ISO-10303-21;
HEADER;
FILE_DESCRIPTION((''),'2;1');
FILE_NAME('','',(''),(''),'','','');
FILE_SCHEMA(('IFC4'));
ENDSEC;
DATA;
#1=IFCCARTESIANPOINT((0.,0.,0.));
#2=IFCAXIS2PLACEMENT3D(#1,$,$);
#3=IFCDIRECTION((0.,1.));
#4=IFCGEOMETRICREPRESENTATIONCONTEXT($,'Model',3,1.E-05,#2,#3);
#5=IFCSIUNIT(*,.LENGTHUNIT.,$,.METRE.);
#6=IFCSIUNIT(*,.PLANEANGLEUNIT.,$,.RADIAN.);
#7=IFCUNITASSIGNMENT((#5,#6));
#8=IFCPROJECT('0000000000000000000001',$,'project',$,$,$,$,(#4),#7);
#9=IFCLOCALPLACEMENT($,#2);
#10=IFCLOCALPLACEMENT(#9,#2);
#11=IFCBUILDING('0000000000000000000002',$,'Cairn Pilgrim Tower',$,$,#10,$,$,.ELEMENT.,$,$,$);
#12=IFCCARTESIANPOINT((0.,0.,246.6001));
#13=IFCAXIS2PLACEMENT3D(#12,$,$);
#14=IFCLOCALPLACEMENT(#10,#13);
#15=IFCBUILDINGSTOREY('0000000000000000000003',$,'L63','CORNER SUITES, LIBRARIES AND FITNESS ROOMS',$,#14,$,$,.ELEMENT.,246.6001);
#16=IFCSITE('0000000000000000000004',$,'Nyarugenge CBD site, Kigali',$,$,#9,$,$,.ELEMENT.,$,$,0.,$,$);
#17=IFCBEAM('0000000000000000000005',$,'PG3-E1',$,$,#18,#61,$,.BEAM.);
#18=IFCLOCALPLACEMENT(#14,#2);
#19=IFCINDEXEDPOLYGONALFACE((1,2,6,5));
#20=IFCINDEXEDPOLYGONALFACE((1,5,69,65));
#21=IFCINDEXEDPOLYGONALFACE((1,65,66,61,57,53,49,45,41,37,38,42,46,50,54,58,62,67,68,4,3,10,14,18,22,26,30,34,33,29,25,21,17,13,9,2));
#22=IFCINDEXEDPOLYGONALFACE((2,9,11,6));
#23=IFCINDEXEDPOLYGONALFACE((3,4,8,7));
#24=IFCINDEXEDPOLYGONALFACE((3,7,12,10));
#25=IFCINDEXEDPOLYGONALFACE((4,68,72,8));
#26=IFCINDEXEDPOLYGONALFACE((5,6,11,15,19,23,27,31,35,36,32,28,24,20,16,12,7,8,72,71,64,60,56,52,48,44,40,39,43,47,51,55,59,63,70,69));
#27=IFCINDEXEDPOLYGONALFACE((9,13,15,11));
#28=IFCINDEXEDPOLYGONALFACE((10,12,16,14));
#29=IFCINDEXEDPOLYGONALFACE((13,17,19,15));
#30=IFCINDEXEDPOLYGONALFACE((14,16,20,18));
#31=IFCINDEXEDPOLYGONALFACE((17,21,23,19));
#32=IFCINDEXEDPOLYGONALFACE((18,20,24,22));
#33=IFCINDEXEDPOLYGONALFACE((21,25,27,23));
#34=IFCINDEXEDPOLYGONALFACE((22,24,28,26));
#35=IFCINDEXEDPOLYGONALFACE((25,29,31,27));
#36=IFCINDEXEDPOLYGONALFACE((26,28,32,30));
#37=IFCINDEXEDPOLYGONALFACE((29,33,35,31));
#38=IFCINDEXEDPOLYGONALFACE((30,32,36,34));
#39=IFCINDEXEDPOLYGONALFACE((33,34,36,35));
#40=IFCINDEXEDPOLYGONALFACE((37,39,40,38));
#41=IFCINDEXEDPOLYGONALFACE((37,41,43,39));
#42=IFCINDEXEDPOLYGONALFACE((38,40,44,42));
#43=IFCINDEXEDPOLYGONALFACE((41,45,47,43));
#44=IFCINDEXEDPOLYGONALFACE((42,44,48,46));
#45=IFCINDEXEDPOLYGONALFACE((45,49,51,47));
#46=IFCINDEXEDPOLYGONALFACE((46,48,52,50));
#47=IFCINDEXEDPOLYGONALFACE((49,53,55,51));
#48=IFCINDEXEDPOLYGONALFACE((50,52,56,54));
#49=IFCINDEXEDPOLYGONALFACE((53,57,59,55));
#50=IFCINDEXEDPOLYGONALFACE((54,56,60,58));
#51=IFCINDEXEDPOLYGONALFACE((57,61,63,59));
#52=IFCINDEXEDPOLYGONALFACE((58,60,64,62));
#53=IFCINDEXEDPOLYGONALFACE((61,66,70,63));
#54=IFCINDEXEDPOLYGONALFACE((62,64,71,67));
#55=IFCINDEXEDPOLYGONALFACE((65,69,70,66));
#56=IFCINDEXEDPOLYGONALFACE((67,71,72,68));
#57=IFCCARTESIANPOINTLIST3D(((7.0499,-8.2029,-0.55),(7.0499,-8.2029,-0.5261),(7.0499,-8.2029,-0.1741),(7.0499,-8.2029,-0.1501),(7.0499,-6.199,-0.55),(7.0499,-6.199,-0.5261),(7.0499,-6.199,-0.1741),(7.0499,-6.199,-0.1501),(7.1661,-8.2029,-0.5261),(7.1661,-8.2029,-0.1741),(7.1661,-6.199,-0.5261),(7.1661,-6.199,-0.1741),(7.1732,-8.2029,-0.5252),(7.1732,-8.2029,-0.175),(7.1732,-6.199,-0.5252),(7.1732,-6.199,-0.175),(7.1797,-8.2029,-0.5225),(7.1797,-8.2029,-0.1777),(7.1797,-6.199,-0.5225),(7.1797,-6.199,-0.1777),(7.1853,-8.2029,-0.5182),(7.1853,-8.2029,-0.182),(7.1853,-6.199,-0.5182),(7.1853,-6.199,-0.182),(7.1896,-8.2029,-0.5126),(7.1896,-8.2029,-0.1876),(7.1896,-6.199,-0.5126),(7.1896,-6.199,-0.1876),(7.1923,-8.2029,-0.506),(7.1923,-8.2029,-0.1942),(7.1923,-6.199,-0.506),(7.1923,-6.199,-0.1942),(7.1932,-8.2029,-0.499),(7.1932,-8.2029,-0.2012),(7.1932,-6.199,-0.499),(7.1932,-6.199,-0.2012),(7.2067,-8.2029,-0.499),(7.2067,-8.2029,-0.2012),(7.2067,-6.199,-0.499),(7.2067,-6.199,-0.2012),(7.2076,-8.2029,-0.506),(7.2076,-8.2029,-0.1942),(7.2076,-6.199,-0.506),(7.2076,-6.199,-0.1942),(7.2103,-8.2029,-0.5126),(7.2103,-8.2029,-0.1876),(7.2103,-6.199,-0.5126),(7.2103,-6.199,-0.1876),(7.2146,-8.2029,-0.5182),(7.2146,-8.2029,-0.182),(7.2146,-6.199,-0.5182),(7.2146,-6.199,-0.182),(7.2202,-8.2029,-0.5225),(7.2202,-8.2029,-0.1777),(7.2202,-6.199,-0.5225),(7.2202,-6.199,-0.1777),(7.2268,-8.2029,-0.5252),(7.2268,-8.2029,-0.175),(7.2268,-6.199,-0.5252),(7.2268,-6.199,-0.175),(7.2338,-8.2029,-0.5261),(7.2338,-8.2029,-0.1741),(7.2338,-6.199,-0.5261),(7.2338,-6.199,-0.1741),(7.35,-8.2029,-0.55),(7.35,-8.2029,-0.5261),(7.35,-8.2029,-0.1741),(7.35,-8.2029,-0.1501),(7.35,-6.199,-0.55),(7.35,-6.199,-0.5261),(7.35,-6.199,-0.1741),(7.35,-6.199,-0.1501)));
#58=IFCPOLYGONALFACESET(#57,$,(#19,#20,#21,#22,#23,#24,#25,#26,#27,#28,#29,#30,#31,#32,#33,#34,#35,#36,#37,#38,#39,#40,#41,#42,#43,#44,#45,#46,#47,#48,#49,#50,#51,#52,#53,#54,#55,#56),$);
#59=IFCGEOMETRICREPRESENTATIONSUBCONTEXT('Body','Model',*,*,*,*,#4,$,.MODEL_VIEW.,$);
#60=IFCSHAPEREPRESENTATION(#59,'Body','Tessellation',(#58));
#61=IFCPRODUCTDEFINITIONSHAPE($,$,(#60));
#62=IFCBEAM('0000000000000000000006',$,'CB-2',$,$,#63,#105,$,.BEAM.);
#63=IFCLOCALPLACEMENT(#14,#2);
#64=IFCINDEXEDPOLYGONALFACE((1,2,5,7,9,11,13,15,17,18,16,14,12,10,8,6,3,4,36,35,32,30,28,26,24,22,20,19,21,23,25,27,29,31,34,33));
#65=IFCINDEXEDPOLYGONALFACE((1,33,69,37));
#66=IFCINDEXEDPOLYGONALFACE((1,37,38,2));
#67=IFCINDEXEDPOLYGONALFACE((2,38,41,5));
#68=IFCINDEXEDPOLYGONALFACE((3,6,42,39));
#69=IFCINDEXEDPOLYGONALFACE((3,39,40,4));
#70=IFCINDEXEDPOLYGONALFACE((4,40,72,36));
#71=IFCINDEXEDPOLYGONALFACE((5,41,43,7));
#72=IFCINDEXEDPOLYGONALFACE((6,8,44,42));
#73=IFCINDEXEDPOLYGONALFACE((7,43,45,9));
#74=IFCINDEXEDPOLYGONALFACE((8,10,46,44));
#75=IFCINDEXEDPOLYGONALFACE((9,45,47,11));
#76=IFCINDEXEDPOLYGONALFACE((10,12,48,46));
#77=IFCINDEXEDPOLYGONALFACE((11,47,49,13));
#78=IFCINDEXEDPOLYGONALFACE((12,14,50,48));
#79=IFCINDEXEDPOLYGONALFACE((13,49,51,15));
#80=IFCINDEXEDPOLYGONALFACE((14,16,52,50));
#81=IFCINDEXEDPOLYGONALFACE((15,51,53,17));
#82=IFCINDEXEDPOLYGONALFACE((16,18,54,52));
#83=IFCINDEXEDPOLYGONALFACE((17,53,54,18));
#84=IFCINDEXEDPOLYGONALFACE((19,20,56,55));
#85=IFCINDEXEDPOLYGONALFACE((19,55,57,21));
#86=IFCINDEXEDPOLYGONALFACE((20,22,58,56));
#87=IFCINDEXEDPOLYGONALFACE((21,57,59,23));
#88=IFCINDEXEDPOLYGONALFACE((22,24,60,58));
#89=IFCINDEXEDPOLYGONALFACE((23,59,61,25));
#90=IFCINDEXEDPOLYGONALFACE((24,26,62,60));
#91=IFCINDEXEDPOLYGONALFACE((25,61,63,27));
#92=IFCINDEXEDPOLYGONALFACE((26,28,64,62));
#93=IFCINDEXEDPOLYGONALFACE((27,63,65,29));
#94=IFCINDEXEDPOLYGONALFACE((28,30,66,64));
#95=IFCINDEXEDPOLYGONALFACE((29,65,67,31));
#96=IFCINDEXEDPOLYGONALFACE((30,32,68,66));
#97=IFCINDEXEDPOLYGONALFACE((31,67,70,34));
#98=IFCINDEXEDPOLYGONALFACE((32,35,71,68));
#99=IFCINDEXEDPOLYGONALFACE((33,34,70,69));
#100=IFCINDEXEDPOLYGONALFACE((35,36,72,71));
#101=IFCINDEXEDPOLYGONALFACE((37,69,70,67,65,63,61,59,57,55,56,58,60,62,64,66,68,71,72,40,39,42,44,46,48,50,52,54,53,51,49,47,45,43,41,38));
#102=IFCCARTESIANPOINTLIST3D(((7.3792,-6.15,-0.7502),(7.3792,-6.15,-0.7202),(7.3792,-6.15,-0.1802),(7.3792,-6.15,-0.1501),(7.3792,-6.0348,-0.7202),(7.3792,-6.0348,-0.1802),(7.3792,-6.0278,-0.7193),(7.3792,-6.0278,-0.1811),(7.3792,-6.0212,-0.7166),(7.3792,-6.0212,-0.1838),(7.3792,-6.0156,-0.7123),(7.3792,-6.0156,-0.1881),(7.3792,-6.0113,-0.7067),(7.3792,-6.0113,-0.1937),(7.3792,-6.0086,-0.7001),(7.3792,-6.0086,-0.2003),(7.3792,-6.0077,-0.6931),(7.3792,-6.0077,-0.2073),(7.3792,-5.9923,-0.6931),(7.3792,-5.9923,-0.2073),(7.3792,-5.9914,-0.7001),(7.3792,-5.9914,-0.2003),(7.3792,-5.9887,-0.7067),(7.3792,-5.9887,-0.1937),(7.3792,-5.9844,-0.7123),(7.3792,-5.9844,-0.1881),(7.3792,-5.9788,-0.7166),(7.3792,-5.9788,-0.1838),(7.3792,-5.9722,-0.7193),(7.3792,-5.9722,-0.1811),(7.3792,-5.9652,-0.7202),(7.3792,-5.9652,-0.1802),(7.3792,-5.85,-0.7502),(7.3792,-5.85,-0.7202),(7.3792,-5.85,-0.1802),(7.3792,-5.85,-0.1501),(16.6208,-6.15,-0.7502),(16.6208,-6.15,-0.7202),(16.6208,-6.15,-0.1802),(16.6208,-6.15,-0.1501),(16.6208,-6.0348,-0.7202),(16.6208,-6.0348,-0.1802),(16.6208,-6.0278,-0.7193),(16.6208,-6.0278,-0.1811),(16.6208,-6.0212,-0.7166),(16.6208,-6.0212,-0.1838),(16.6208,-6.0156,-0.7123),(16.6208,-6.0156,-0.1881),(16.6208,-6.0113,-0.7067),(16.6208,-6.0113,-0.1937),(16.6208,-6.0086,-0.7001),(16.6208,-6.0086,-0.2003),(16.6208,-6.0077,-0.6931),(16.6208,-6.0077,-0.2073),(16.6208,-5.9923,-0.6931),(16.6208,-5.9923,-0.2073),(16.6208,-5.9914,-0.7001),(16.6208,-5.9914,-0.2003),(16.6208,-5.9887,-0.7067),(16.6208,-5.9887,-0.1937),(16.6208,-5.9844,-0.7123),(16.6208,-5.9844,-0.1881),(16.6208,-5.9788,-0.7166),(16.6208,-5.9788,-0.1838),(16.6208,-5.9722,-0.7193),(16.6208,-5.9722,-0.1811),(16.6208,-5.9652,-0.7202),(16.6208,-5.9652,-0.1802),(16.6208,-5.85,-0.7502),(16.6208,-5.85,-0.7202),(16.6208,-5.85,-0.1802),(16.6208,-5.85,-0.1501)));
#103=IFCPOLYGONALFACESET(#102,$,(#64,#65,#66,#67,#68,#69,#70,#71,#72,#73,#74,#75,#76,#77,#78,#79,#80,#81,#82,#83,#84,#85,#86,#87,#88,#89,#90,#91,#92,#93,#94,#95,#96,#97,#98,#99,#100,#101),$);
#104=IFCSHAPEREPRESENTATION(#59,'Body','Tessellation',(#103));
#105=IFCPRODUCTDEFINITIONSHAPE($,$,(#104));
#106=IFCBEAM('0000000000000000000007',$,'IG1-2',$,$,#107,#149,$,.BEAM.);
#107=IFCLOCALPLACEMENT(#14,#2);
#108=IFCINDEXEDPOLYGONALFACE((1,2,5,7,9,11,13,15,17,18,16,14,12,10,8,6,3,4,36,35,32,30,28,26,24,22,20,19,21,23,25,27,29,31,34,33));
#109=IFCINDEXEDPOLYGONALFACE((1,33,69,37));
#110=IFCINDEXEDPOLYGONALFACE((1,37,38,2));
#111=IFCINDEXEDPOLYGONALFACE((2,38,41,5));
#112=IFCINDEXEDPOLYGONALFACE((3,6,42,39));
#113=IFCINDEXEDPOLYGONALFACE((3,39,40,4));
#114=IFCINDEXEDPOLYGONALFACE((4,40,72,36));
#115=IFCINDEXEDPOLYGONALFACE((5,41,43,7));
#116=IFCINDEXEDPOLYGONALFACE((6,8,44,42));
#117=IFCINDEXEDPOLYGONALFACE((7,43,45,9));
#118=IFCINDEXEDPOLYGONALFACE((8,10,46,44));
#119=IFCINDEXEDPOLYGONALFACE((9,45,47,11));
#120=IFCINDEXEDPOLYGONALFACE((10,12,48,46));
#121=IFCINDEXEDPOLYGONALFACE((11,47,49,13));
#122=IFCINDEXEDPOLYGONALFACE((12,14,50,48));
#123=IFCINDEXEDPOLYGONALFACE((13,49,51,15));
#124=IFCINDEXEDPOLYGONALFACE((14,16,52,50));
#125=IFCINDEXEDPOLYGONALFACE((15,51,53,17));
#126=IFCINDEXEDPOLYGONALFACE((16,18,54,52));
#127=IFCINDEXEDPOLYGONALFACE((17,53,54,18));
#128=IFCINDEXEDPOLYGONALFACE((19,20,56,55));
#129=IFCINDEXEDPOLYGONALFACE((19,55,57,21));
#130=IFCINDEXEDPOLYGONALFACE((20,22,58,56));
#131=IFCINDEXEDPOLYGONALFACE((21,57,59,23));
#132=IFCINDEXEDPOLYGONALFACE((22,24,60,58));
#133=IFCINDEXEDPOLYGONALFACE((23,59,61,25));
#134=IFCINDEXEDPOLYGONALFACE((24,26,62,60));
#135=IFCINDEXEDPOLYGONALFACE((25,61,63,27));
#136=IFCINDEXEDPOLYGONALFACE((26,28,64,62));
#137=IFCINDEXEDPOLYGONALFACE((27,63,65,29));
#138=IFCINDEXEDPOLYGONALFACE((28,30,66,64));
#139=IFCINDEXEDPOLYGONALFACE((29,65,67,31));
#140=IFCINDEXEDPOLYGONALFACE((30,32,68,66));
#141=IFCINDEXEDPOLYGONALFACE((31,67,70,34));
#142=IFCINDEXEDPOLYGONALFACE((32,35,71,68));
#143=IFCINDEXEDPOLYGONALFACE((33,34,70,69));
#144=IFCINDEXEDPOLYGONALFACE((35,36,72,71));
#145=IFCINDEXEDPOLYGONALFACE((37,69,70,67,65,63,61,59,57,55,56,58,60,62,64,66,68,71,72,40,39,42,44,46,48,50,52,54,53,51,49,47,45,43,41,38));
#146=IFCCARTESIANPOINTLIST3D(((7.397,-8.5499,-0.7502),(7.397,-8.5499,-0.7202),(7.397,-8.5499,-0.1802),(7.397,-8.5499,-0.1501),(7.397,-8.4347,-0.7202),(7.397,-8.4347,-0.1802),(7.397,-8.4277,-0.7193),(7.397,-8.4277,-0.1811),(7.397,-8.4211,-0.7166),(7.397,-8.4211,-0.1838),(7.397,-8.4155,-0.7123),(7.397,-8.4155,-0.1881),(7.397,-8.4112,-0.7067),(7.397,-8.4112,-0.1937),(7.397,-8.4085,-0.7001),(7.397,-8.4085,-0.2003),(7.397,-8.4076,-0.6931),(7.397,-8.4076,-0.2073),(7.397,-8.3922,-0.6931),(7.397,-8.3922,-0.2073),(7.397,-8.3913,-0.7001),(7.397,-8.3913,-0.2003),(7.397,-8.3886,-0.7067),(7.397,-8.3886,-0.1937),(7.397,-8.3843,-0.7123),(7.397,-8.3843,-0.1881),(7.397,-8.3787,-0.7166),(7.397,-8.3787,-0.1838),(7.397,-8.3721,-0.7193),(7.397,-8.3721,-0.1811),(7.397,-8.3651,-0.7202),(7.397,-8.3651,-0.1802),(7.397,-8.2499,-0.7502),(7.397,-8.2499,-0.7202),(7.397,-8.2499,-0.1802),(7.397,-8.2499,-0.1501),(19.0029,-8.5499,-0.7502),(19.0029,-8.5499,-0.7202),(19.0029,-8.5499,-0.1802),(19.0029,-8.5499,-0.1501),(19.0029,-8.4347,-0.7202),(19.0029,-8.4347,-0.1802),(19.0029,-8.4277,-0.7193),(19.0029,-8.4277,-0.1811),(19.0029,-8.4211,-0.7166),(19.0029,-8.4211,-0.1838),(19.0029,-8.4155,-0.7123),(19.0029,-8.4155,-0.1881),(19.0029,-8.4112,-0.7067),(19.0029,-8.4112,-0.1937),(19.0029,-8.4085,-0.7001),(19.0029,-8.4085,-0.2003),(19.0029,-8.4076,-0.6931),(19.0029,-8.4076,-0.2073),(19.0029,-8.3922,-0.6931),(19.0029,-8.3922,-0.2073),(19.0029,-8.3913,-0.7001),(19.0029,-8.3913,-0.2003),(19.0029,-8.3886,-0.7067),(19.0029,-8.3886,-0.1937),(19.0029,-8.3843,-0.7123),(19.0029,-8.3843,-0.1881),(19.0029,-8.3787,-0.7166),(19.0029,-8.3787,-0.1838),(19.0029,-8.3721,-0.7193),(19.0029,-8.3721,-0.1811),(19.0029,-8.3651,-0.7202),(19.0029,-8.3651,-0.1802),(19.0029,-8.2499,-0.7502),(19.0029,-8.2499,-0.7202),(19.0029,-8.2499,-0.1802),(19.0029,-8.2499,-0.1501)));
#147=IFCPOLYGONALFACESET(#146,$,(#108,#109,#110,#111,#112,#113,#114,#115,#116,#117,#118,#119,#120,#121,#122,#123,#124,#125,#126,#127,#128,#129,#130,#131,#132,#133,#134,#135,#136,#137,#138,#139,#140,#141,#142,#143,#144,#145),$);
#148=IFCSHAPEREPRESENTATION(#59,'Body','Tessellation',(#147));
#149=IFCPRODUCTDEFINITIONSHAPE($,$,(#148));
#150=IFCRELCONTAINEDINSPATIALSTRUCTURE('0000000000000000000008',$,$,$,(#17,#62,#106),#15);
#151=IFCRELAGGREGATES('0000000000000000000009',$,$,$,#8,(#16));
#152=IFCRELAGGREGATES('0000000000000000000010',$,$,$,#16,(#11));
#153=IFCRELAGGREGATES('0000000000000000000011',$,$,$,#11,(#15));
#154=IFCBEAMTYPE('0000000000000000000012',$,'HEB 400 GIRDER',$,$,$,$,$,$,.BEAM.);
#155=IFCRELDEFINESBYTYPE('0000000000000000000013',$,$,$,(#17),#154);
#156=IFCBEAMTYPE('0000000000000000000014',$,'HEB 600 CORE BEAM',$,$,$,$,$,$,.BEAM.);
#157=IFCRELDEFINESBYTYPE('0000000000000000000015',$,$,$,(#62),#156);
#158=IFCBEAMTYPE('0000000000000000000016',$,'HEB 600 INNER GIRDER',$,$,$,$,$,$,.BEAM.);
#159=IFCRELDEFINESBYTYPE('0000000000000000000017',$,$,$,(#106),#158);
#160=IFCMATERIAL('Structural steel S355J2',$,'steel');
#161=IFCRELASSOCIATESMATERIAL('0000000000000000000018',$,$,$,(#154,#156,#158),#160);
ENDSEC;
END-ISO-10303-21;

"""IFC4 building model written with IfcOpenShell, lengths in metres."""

from ifc_helpers import new_model, si_unit, direction, frame, origin, origin_2d, place, context, subcontext, project, spatial, i_section, extrude, material, material_profile, profile_set, type_object, element, save


model = new_model("IFC4")

# Units and contexts
model_context = context("Model", 3, precision=1e-05, world=origin(), true_north=direction((0.0, 1.0)))
body_context = subcontext(model_context, "Body", "Model", "MODEL_VIEW")
ifc_project = project(units=[si_unit("LENGTHUNIT", "METRE"), si_unit("PLANEANGLEUNIT", "RADIAN")], contexts=[model_context])

# Site, building, storey
site_placement = place(None, origin())
site = spatial("IfcSite", under=ifc_project, at=site_placement, Name="Nyarugenge CBD site, Kigali", CompositionType="ELEMENT", RefElevation=0.0)
building_placement = place(site_placement, origin())
building = spatial("IfcBuilding", under=site, at=building_placement, Name="Cairn Pilgrim Tower", CompositionType="ELEMENT")
storey_placement = place(building_placement, frame((0.0, 0.0, 246.6001)))
storey = spatial("IfcBuildingStorey", under=building, at=storey_placement, Name="L63", Description="CORNER SUITES, LIBRARIES AND FITNESS ROOMS", CompositionType="ELEMENT", Elevation=246.6001)

# Shared definitions
ifc_material_1 = material(Name="Structural steel S355J2", Category="steel")

# Beams
ifc_material_profile_1 = material_profile(ifc_material_1, i_section(OverallWidth=0.3, OverallDepth=0.3999, WebThickness=0.0134, FlangeThickness=0.0239, FilletRadius=0.0271, at=origin_2d()), Name="HEB 400")
ifc_profile_set_1 = profile_set([ifc_material_profile_1], Name="Structural steel S355J2")
beam_type_1 = type_object("IfcBeamType", Name="HEB 400 GIRDER", PredefinedType="BEAM", material=ifc_profile_set_1)
beam_1_placement = place(storey_placement, frame((7.2, -8.2029, -0.3501), z_axis=(0.0, 1.0, 0.0), x_axis=(-1.0, 0.0, 0.0)))
element("IfcBeam", 1, at=beam_1_placement, inside=storey, type_object=beam_type_1, Name="PG3-E1", PredefinedType="BEAM", context=body_context, shape_type="SweptSolid", body=[
    extrude(i_section(OverallWidth=0.3, OverallDepth=0.3999, WebThickness=0.0134, FlangeThickness=0.0239, FilletRadius=0.0271, at=origin_2d()), origin(), (0.0, 0.0, 1.0), 2.0039),
])
ifc_material_profile_2 = material_profile(ifc_material_1, i_section(OverallWidth=0.3, OverallDepth=0.6001, WebThickness=0.0154, FlangeThickness=0.03, FilletRadius=0.0271, at=origin_2d()), Name="HEB 600")
ifc_profile_set_2 = profile_set([ifc_material_profile_2], Name="Structural steel S355J2")
beam_type_2 = type_object("IfcBeamType", Name="HEB 600 CORE BEAM", PredefinedType="BEAM", material=ifc_profile_set_2)
beam_2_placement = place(storey_placement, frame((7.3792, -6.0, -0.4502), z_axis=(1.0, 0.0, 0.0), x_axis=(0.0, 1.0, 0.0)))
element("IfcBeam", 2, at=beam_2_placement, inside=storey, type_object=beam_type_2, Name="CB-2", PredefinedType="BEAM", context=body_context, shape_type="SweptSolid", body=[
    extrude(i_section(OverallWidth=0.3, OverallDepth=0.6001, WebThickness=0.0154, FlangeThickness=0.03, FilletRadius=0.0271, at=origin_2d()), origin(), (0.0, 0.0, 1.0), 9.2417),
])
ifc_material_profile_3 = material_profile(ifc_material_1, i_section(OverallWidth=0.3, OverallDepth=0.6001, WebThickness=0.0154, FlangeThickness=0.03, FilletRadius=0.0271, at=origin_2d()), Name="HEB 600")
ifc_profile_set_3 = profile_set([ifc_material_profile_3], Name="Structural steel S355J2")
beam_type_3 = type_object("IfcBeamType", Name="HEB 600 INNER GIRDER", PredefinedType="BEAM", material=ifc_profile_set_3)
beam_3_placement = place(storey_placement, frame((7.397, -8.3999, -0.4502), z_axis=(1.0, 0.0, 0.0), x_axis=(0.0, 1.0, 0.0)))
element("IfcBeam", 3, at=beam_3_placement, inside=storey, type_object=beam_type_3, Name="IG1-2", PredefinedType="BEAM", context=body_context, shape_type="SweptSolid", body=[
    extrude(i_section(OverallWidth=0.3, OverallDepth=0.6001, WebThickness=0.0154, FlangeThickness=0.03, FilletRadius=0.0271, at=origin_2d()), origin(), (0.0, 0.0, 1.0), 11.606),
])

save(model, "model.ifc")
